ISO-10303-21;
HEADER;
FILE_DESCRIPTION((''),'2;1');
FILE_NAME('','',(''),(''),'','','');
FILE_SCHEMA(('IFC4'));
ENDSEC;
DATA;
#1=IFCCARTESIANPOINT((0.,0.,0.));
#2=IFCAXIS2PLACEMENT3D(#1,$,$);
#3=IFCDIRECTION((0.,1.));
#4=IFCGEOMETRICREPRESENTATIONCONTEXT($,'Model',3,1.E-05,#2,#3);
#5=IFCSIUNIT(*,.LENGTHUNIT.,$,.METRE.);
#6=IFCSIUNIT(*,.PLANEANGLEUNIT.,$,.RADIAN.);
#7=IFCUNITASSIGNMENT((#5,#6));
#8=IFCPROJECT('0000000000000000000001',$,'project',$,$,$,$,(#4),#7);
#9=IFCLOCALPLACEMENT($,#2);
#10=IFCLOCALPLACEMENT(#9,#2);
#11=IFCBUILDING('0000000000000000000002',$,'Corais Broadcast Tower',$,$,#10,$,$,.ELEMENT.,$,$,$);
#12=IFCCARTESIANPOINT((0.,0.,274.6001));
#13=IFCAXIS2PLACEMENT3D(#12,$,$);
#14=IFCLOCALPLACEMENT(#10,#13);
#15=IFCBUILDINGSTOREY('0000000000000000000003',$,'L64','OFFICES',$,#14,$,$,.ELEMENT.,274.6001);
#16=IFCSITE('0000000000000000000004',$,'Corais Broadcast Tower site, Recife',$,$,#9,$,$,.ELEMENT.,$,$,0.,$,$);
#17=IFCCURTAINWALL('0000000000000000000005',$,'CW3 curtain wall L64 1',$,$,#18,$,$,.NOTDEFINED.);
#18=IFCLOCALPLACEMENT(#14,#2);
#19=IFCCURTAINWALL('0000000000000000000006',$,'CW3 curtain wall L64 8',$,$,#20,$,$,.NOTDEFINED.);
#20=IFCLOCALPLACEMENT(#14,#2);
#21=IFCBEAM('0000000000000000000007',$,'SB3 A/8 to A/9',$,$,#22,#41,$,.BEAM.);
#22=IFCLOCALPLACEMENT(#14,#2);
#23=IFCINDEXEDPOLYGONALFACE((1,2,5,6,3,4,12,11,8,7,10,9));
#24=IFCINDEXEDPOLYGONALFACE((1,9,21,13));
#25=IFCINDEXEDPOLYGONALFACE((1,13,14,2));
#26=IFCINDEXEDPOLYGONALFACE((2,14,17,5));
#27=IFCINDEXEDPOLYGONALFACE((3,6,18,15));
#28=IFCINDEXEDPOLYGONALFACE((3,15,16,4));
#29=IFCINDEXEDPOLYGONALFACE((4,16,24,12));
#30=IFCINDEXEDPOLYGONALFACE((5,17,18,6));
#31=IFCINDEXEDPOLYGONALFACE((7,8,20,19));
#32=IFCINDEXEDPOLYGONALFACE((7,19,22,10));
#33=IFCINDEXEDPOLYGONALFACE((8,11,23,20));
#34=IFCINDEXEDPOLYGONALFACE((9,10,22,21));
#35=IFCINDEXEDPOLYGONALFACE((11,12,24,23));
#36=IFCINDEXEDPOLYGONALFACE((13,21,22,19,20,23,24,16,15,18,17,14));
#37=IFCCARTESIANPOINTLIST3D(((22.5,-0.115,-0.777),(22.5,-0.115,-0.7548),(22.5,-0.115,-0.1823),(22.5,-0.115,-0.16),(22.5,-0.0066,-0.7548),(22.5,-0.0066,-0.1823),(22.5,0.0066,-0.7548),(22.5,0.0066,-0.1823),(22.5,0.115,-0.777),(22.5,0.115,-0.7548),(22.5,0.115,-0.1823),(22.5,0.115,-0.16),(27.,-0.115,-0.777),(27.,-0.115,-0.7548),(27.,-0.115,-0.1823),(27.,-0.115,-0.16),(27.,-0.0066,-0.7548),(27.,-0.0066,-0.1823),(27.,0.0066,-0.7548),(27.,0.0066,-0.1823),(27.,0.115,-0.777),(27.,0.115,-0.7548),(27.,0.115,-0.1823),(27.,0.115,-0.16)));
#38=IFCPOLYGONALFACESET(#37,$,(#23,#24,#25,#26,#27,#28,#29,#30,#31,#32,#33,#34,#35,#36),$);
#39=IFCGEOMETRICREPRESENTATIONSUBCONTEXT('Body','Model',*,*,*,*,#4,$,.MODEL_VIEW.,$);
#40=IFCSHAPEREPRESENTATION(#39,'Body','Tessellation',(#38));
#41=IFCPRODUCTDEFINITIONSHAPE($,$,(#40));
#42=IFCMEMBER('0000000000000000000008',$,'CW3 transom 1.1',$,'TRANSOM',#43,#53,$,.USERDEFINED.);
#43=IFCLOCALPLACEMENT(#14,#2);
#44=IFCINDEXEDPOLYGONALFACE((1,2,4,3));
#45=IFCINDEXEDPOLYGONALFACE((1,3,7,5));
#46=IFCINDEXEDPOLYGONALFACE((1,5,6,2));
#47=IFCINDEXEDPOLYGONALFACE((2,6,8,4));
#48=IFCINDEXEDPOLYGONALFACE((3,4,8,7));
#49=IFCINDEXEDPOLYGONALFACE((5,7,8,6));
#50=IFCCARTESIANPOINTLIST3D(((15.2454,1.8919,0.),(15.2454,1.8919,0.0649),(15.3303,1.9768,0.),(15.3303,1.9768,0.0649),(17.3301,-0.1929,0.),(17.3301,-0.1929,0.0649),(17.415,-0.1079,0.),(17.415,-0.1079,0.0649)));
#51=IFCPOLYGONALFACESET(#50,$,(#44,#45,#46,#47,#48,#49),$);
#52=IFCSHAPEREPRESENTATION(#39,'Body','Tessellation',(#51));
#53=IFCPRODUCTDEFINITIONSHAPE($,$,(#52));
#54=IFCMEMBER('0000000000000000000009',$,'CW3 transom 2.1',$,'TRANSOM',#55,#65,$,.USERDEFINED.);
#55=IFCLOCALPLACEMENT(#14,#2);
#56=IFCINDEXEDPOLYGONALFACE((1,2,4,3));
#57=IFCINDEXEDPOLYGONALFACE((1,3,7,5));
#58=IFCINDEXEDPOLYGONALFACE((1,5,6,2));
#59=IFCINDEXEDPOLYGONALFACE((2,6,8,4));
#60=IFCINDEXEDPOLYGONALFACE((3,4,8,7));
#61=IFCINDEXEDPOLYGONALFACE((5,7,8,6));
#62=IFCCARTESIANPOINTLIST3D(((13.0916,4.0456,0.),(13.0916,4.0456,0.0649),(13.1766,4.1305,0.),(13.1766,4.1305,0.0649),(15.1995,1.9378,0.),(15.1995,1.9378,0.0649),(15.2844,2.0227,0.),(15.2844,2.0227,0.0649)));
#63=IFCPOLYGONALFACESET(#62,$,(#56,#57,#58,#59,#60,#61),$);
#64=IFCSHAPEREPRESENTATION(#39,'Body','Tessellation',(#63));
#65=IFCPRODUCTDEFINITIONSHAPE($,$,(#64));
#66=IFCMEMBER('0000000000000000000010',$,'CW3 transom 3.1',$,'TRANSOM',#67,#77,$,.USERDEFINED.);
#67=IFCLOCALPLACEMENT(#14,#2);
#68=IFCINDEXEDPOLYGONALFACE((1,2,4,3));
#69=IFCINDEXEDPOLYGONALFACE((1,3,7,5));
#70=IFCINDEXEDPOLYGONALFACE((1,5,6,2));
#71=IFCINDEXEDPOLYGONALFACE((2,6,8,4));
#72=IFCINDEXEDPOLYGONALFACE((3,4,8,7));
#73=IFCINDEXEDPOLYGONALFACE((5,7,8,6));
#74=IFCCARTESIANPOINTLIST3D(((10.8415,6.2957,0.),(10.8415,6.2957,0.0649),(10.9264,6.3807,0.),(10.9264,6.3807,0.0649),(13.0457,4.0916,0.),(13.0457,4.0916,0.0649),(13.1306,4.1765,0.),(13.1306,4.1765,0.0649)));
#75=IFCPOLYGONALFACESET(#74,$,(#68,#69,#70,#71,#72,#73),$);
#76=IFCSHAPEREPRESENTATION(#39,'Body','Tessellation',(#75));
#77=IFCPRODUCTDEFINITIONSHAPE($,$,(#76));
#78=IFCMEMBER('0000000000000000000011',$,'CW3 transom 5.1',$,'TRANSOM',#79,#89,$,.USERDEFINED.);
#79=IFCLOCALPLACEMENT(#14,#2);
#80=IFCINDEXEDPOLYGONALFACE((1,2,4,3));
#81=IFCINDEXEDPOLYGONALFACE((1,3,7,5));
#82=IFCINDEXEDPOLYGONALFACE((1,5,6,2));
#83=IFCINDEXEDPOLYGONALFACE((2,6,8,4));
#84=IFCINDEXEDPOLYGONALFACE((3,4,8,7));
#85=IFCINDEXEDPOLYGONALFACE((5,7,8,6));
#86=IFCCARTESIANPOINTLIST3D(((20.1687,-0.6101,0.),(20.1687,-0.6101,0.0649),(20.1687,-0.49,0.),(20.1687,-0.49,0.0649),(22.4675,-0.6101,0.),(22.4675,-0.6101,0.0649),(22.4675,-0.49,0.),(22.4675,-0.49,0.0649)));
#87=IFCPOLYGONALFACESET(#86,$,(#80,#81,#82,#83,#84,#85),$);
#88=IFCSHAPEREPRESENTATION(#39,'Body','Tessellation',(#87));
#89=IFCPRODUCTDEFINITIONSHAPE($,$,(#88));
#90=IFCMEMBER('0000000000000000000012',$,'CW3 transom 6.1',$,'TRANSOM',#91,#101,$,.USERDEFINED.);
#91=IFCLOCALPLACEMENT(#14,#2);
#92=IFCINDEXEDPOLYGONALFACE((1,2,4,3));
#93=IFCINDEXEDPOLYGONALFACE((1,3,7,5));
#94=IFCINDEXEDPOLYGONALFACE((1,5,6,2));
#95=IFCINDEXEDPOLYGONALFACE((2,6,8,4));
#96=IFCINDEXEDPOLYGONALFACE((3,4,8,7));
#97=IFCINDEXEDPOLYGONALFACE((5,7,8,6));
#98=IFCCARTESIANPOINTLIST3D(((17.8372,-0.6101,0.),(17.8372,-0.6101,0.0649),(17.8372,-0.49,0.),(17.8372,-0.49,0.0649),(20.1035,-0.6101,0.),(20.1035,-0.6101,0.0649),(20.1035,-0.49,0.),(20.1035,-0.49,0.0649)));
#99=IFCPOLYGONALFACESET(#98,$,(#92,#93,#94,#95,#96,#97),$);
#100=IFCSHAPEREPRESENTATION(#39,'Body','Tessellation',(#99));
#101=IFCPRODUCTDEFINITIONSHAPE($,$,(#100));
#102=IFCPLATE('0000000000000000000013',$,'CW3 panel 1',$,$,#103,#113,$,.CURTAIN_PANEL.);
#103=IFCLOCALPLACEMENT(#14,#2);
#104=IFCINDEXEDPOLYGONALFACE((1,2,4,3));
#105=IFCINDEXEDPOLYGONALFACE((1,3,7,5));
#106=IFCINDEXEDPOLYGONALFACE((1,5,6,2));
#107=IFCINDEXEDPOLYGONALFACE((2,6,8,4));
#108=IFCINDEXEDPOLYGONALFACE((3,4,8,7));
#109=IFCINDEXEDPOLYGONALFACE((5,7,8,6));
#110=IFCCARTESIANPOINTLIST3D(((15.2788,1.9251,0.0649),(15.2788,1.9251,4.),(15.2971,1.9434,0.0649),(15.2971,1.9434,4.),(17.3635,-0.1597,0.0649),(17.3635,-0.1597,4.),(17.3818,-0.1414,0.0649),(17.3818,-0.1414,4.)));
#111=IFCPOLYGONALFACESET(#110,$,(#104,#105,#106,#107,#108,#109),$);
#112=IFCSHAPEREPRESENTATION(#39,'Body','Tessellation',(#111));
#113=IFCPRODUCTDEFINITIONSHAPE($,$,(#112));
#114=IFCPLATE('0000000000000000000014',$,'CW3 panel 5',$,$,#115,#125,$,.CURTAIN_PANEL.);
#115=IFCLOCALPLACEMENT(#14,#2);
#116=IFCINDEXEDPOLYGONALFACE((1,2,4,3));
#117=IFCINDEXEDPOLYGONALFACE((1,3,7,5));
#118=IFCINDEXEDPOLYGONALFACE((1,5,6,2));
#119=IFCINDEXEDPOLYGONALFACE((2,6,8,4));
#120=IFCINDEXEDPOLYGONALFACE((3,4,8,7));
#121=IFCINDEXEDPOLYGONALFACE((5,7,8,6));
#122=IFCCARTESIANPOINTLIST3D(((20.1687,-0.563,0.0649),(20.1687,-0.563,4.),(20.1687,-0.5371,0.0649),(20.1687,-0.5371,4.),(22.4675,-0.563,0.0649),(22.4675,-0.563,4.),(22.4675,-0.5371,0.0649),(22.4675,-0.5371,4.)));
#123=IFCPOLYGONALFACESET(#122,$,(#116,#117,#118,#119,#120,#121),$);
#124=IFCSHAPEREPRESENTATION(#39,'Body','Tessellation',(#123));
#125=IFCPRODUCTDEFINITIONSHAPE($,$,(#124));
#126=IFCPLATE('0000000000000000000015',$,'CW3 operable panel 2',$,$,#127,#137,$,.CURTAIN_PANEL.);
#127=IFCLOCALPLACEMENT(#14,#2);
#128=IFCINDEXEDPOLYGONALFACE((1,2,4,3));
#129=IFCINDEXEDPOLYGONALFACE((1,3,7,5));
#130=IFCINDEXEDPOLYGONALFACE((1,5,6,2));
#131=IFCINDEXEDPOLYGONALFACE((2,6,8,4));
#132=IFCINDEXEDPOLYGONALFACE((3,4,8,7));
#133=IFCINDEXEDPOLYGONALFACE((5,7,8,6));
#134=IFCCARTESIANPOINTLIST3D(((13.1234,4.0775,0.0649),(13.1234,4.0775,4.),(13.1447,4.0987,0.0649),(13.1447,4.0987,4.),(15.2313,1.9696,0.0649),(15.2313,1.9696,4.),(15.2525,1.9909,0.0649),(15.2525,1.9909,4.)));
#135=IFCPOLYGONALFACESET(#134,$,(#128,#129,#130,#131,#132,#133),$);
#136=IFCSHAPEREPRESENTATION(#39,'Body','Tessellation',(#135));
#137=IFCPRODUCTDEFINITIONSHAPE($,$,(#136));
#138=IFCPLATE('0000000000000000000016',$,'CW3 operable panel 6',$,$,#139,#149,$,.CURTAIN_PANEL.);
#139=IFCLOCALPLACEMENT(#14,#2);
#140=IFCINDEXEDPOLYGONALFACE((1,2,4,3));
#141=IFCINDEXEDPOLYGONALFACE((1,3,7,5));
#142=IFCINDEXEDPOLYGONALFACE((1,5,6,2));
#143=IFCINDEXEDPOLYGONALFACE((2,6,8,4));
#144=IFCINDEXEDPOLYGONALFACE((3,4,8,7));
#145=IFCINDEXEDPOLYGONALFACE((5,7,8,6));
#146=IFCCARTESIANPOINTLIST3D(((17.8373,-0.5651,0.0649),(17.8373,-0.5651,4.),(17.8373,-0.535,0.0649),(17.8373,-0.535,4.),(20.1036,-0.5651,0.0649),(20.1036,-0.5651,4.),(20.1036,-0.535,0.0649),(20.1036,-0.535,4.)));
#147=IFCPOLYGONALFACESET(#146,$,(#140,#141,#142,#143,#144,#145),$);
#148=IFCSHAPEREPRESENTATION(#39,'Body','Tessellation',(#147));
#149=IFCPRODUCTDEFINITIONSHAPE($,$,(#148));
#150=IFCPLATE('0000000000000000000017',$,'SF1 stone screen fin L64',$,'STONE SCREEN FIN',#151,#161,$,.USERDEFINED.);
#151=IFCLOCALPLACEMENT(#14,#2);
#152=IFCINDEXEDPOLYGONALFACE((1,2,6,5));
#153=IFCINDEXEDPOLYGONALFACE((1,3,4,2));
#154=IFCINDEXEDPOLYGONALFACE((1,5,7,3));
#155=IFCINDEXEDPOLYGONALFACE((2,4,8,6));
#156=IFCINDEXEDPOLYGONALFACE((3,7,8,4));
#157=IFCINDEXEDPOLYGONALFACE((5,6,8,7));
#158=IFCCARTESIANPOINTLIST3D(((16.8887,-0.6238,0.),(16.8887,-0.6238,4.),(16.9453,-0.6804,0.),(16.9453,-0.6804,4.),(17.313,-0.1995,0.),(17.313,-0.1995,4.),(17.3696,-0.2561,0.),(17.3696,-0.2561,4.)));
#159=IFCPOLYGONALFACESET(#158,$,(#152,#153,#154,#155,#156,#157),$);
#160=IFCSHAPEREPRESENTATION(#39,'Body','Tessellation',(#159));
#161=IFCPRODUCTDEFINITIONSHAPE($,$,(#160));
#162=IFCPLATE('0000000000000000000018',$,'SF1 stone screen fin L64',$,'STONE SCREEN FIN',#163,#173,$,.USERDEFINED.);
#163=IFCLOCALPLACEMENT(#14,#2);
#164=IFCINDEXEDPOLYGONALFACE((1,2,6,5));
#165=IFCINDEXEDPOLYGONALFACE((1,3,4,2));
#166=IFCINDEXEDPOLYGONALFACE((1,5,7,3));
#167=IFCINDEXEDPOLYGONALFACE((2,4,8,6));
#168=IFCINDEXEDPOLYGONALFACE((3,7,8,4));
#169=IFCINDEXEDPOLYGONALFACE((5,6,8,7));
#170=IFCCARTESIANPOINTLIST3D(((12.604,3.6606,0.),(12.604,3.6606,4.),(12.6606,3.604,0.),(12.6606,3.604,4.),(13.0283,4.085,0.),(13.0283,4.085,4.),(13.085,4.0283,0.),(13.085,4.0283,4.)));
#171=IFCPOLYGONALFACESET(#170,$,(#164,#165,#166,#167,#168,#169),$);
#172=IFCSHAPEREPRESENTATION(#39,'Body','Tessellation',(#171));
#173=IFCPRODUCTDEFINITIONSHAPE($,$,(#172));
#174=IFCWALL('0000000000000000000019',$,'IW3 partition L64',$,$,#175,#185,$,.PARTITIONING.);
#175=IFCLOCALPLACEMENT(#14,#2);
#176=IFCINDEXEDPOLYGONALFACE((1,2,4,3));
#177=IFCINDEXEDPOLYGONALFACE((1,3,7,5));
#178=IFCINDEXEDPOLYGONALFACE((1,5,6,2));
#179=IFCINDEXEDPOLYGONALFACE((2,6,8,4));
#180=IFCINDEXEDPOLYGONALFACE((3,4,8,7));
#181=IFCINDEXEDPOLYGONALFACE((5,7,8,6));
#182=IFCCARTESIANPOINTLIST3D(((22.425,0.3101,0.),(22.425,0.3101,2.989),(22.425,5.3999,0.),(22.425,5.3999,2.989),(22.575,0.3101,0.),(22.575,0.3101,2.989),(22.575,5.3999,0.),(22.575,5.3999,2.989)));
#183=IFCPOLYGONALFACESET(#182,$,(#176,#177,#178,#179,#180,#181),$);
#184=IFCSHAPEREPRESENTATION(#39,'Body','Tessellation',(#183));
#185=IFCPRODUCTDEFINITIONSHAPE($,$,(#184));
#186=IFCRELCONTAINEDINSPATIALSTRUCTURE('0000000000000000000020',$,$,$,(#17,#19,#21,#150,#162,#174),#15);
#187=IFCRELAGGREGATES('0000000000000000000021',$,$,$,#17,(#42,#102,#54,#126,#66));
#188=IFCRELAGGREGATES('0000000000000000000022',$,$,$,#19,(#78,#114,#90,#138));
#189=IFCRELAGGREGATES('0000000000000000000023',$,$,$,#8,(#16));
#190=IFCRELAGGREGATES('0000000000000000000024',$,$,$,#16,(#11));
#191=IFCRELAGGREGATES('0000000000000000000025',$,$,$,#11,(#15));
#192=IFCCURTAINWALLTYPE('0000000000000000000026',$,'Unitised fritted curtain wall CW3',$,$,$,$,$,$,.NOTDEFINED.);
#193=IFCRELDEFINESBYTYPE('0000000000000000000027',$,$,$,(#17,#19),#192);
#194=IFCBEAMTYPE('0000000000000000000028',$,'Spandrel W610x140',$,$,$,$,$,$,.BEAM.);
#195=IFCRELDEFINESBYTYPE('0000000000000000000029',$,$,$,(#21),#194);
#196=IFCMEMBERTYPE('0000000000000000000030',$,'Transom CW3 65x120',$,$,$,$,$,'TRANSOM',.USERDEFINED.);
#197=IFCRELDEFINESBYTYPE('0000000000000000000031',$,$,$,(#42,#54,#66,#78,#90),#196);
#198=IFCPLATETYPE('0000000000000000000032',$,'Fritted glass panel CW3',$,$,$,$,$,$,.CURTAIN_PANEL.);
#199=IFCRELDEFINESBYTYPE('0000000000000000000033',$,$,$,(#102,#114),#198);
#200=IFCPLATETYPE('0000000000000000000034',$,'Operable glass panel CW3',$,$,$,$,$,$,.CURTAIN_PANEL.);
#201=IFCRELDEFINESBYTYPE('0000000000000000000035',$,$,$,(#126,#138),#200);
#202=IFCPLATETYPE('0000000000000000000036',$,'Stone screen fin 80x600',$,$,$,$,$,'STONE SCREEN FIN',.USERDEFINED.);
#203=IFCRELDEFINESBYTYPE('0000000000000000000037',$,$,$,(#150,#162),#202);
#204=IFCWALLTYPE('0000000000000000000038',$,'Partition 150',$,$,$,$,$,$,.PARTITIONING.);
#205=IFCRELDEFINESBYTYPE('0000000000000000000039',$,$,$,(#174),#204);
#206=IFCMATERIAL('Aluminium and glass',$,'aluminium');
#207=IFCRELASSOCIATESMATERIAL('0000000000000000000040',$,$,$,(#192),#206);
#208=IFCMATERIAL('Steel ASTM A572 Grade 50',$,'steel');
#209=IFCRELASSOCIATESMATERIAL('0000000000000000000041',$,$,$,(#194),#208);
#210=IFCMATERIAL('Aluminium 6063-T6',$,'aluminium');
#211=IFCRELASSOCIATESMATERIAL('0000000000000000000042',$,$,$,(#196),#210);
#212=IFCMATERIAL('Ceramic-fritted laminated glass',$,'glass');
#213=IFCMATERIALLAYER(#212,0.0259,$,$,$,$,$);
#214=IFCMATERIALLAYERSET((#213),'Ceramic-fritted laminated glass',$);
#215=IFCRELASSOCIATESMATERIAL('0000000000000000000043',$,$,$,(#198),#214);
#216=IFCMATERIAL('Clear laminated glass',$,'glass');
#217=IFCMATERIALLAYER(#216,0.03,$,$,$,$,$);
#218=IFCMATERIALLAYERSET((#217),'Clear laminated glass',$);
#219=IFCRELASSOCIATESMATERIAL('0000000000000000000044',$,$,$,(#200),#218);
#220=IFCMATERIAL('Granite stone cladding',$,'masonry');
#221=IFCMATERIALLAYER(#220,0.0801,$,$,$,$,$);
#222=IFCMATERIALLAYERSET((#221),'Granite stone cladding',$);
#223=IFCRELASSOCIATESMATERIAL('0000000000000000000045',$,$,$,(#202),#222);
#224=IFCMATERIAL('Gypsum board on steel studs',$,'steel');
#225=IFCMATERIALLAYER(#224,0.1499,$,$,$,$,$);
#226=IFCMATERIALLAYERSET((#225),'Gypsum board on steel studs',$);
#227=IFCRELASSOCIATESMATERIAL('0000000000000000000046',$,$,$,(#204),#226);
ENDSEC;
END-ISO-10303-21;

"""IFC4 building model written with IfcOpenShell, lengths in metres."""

from ifc_helpers import new_model, si_unit, direction, frame, frame_2d, origin, origin_2d, place, context, subcontext, project, spatial, rectangle, i_section, extrude, material, layer, layer_set, material_profile, profile_set, type_object, element, aggregate, save


model = new_model("IFC4")

# Units and contexts
model_context = context("Model", 3, precision=1e-05, world=origin(), true_north=direction((0.0, 1.0)))
body_context = subcontext(model_context, "Body", "Model", "MODEL_VIEW")
ifc_project = project(units=[si_unit("LENGTHUNIT", "METRE"), si_unit("PLANEANGLEUNIT", "RADIAN")], contexts=[model_context])

# Site, building, storey
site_placement = place(None, origin())
site = spatial("IfcSite", under=ifc_project, at=site_placement, Name="Corais Broadcast Tower site, Recife", CompositionType="ELEMENT", RefElevation=0.0)
building_placement = place(site_placement, origin())
building = spatial("IfcBuilding", under=site, at=building_placement, Name="Corais Broadcast Tower", CompositionType="ELEMENT")
storey_placement = place(building_placement, frame((0.0, 0.0, 274.6001)))
storey = spatial("IfcBuildingStorey", under=building, at=storey_placement, Name="L64", Description="OFFICES", CompositionType="ELEMENT", Elevation=274.6001)

# Curtain walls
ifc_material_1 = material(Name="Aluminium and glass", Category="aluminium")
curtain_wall_type = type_object("IfcCurtainWallType", Name="Unitised fritted curtain wall CW3", PredefinedType="NOTDEFINED", material=ifc_material_1)
curtain_wall_1_placement = place(storey_placement, origin())
curtain_wall_1 = element("IfcCurtainWall", 1, at=curtain_wall_1_placement, inside=storey, type_object=curtain_wall_type, Name="CW3 curtain wall L64 1", PredefinedType="NOTDEFINED")
curtain_wall_2_placement = place(storey_placement, origin())
curtain_wall_2 = element("IfcCurtainWall", 2, at=curtain_wall_2_placement, inside=storey, type_object=curtain_wall_type, Name="CW3 curtain wall L64 8", PredefinedType="NOTDEFINED")

# Beam
ifc_material_2 = material(Name="Steel ASTM A572 Grade 50", Category="steel")
ifc_material_profile_1 = material_profile(ifc_material_2, i_section(OverallWidth=0.23, OverallDepth=0.6169, WebThickness=0.0132, FlangeThickness=0.0222, at=origin_2d()), Name="W610x140")
ifc_profile_set_1 = profile_set([ifc_material_profile_1], Name="Steel ASTM A572 Grade 50")
beam_type_1 = type_object("IfcBeamType", Name="Spandrel W610x140", PredefinedType="BEAM", material=ifc_profile_set_1)
for number, where, z_axis, x_axis, name in (
    (3, (22.5, 0.0, -0.4685), (1.0, 0.0, 0.0), (0.0, 1.0, 0.0), "SB3 A/8 to A/9"),
):
    element("IfcBeam", number, at=place(storey_placement, frame(where, z_axis=z_axis, x_axis=x_axis)), inside=storey, type_object=beam_type_1, Name=name, PredefinedType="BEAM", context=body_context, shape_type="SweptSolid", body=[
        extrude(i_section(OverallWidth=0.23, OverallDepth=0.6169, WebThickness=0.0132, FlangeThickness=0.0222, at=origin_2d()), origin(), (0.0, 0.0, 1.0), 4.5),
    ])

# Members
ifc_material_3 = material(Name="Aluminium 6063-T6", Category="aluminium")
ifc_material_profile_2 = material_profile(ifc_material_3, rectangle(XDim=0.1201, YDim=0.0649, at=origin_2d()), Name="Transom CW3 65x120")
ifc_profile_set_2 = profile_set([ifc_material_profile_2], Name="Aluminium 6063-T6")
member_type_1 = type_object("IfcMemberType", Name="Transom CW3 65x120", ElementType="TRANSOM", PredefinedType="USERDEFINED", material=ifc_profile_set_2)
member_1_placement = place(storey_placement, frame((17.3726, -0.1504, 0.0325), z_axis=(-0.707107, 0.707107, 0.0), x_axis=(-0.707107, -0.707107, 0.0)))
member_1 = element("IfcMember", 4, at=member_1_placement, type_object=member_type_1, Name="CW3 transom 1.1", ObjectType="TRANSOM", PredefinedType="USERDEFINED", context=body_context, shape_type="SweptSolid", body=[
    extrude(rectangle(XDim=0.1201, YDim=0.0649, at=origin_2d()), origin(), (0.0, 0.0, 1.0), 2.9482),
])
member_2_placement = place(storey_placement, frame((15.2419, 1.9802, 0.0325), z_axis=(-0.707107, 0.707107, 0.0), x_axis=(-0.707107, -0.707107, 0.0)))
member_2 = element("IfcMember", 5, at=member_2_placement, type_object=member_type_1, Name="CW3 transom 2.1", ObjectType="TRANSOM", PredefinedType="USERDEFINED", context=body_context, shape_type="SweptSolid", body=[
    extrude(rectangle(XDim=0.1201, YDim=0.0649, at=origin_2d()), origin(), (0.0, 0.0, 1.0), 2.981),
])
member_3_placement = place(storey_placement, frame((13.0881, 4.134, 0.0325), z_axis=(-0.707107, 0.707107, 0.0), x_axis=(-0.707107, -0.707107, 0.0)))
member_3 = element("IfcMember", 6, at=member_3_placement, type_object=member_type_1, Name="CW3 transom 3.1", ObjectType="TRANSOM", PredefinedType="USERDEFINED", context=body_context, shape_type="SweptSolid", body=[
    extrude(rectangle(XDim=0.1201, YDim=0.0649, at=origin_2d()), origin(), (0.0, 0.0, 1.0), 3.1172),
])
member_4_placement = place(storey_placement, frame((22.4675, -0.55, 0.0325), z_axis=(-1.0, 0.0, 0.0), x_axis=(0.0, -1.0, 0.0)))
member_4 = element("IfcMember", 7, at=member_4_placement, type_object=member_type_1, Name="CW3 transom 5.1", ObjectType="TRANSOM", PredefinedType="USERDEFINED", context=body_context, shape_type="SweptSolid", body=[
    extrude(rectangle(XDim=0.1201, YDim=0.0649, at=origin_2d()), origin(), (0.0, 0.0, 1.0), 2.2988),
])
member_5_placement = place(storey_placement, frame((20.1035, -0.55, 0.0325), z_axis=(-1.0, 0.0, 0.0), x_axis=(0.0, -1.0, 0.0)))
member_5 = element("IfcMember", 8, at=member_5_placement, type_object=member_type_1, Name="CW3 transom 6.1", ObjectType="TRANSOM", PredefinedType="USERDEFINED", context=body_context, shape_type="SweptSolid", body=[
    extrude(rectangle(XDim=0.1201, YDim=0.0649, at=origin_2d()), origin(), (0.0, 0.0, 1.0), 2.2664),
])

# Plates
ifc_material_4 = material(Name="Ceramic-fritted laminated glass", Category="glass")
ifc_layer_1 = layer(ifc_material_4, 0.0259)
ifc_layer_set_1 = layer_set([ifc_layer_1], Name="Ceramic-fritted laminated glass")
plate_type_1 = type_object("IfcPlateType", Name="Fritted glass panel CW3", PredefinedType="CURTAIN_PANEL", material=ifc_layer_set_1)
plate_1_placement = place(storey_placement, frame((16.3303, 0.8918, 0.0649), z_axis=(0.0, 0.0, 1.0), x_axis=(-0.707107, 0.707107, 0.0)))
plate_1 = element("IfcPlate", 9, at=plate_1_placement, type_object=plate_type_1, Name="CW3 panel 1", PredefinedType="CURTAIN_PANEL", context=body_context, shape_type="SweptSolid", body=[
    extrude(rectangle(XDim=2.9482, YDim=0.0259, at=origin_2d()), origin(), (0.0, 0.0, 1.0), 3.9351),
])
plate_2_placement = place(storey_placement, frame((21.3181, -0.55, 0.0649), z_axis=(0.0, 0.0, 1.0), x_axis=(-1.0, 0.0, 0.0)))
plate_2 = element("IfcPlate", 10, at=plate_2_placement, type_object=plate_type_1, Name="CW3 panel 5", PredefinedType="CURTAIN_PANEL", context=body_context, shape_type="SweptSolid", body=[
    extrude(rectangle(XDim=2.2988, YDim=0.0259, at=origin_2d()), origin(), (0.0, 0.0, 1.0), 3.9351),
])
ifc_material_5 = material(Name="Clear laminated glass", Category="glass")
ifc_layer_2 = layer(ifc_material_5, 0.03)
ifc_layer_set_2 = layer_set([ifc_layer_2], Name="Clear laminated glass")
plate_type_2 = type_object("IfcPlateType", Name="Operable glass panel CW3", PredefinedType="CURTAIN_PANEL", material=ifc_layer_set_2)
plate_3_placement = place(storey_placement, frame((14.188, 3.0342, 0.0649), z_axis=(0.0, 0.0, 1.0), x_axis=(-0.707107, 0.707107, 0.0)))
plate_3 = element("IfcPlate", 11, at=plate_3_placement, type_object=plate_type_2, Name="CW3 operable panel 2", PredefinedType="CURTAIN_PANEL", context=body_context, shape_type="SweptSolid", body=[
    extrude(rectangle(XDim=2.981, YDim=0.03, at=origin_2d()), origin(), (0.0, 0.0, 1.0), 3.9351),
])
aggregate(curtain_wall_1, [member_1, plate_1, member_2, plate_3, member_3])
plate_4_placement = place(storey_placement, frame((18.9705, -0.55, 0.0649), z_axis=(0.0, 0.0, 1.0), x_axis=(-1.0, 0.0, 0.0)))
plate_4 = element("IfcPlate", 12, at=plate_4_placement, type_object=plate_type_2, Name="CW3 operable panel 6", PredefinedType="CURTAIN_PANEL", context=body_context, shape_type="SweptSolid", body=[
    extrude(rectangle(XDim=2.2664, YDim=0.03, at=origin_2d()), origin(), (0.0, 0.0, 1.0), 3.9351),
])
aggregate(curtain_wall_2, [member_4, plate_2, member_5, plate_4])

# Plates
ifc_material_6 = material(Name="Granite stone cladding", Category="masonry")
ifc_layer_3 = layer(ifc_material_6, 0.0801)
ifc_layer_set_3 = layer_set([ifc_layer_3], Name="Granite stone cladding")
plate_type_3 = type_object("IfcPlateType", Name="Stone screen fin 80x600", ElementType="STONE SCREEN FIN", PredefinedType="USERDEFINED", material=ifc_layer_set_3)
for number, where, z_axis, x_axis, name in (
    (13, (17.1292, -0.4399, 0.0), (0.0, 0.0, 1.0), (-0.707107, 0.707107, 0.0), "SF1 stone screen fin L64"),
    (14, (12.8445, 3.8445, 0.0), (0.0, 0.0, 1.0), (-0.707107, 0.707107, 0.0), "SF1 stone screen fin L64"),
):
    element("IfcPlate", number, at=place(storey_placement, frame(where, z_axis=z_axis, x_axis=x_axis)), inside=storey, type_object=plate_type_3, Name=name, ObjectType="STONE SCREEN FIN", PredefinedType="USERDEFINED", context=body_context, shape_type="SweptSolid", body=[
        extrude(rectangle(XDim=0.0801, YDim=0.6001, at=origin_2d()), origin(), (0.0, 0.0, 1.0), 4.0),
    ])

# Wall
ifc_material_7 = material(Name="Gypsum board on steel studs", Category="steel")
ifc_layer_4 = layer(ifc_material_7, 0.1499)
ifc_layer_set_4 = layer_set([ifc_layer_4], Name="Gypsum board on steel studs")
wall_type = type_object("IfcWallType", Name="Partition 150", PredefinedType="PARTITIONING", material=ifc_layer_set_4)
wall_placement = place(storey_placement, frame((22.5, 0.3101, 0.0), z_axis=(0.0, 0.0, 1.0), x_axis=(0.0, 1.0, 0.0)))
element("IfcWall", 15, at=wall_placement, inside=storey, type_object=wall_type, Name="IW3 partition L64", PredefinedType="PARTITIONING", context=body_context, shape_type="SweptSolid", body=[
    extrude(rectangle(XDim=5.0898, YDim=0.1499, at=frame_2d((2.5449, 0.0))), origin(), (0.0, 0.0, 1.0), 2.989),
])

save(model, "model.ifc")
